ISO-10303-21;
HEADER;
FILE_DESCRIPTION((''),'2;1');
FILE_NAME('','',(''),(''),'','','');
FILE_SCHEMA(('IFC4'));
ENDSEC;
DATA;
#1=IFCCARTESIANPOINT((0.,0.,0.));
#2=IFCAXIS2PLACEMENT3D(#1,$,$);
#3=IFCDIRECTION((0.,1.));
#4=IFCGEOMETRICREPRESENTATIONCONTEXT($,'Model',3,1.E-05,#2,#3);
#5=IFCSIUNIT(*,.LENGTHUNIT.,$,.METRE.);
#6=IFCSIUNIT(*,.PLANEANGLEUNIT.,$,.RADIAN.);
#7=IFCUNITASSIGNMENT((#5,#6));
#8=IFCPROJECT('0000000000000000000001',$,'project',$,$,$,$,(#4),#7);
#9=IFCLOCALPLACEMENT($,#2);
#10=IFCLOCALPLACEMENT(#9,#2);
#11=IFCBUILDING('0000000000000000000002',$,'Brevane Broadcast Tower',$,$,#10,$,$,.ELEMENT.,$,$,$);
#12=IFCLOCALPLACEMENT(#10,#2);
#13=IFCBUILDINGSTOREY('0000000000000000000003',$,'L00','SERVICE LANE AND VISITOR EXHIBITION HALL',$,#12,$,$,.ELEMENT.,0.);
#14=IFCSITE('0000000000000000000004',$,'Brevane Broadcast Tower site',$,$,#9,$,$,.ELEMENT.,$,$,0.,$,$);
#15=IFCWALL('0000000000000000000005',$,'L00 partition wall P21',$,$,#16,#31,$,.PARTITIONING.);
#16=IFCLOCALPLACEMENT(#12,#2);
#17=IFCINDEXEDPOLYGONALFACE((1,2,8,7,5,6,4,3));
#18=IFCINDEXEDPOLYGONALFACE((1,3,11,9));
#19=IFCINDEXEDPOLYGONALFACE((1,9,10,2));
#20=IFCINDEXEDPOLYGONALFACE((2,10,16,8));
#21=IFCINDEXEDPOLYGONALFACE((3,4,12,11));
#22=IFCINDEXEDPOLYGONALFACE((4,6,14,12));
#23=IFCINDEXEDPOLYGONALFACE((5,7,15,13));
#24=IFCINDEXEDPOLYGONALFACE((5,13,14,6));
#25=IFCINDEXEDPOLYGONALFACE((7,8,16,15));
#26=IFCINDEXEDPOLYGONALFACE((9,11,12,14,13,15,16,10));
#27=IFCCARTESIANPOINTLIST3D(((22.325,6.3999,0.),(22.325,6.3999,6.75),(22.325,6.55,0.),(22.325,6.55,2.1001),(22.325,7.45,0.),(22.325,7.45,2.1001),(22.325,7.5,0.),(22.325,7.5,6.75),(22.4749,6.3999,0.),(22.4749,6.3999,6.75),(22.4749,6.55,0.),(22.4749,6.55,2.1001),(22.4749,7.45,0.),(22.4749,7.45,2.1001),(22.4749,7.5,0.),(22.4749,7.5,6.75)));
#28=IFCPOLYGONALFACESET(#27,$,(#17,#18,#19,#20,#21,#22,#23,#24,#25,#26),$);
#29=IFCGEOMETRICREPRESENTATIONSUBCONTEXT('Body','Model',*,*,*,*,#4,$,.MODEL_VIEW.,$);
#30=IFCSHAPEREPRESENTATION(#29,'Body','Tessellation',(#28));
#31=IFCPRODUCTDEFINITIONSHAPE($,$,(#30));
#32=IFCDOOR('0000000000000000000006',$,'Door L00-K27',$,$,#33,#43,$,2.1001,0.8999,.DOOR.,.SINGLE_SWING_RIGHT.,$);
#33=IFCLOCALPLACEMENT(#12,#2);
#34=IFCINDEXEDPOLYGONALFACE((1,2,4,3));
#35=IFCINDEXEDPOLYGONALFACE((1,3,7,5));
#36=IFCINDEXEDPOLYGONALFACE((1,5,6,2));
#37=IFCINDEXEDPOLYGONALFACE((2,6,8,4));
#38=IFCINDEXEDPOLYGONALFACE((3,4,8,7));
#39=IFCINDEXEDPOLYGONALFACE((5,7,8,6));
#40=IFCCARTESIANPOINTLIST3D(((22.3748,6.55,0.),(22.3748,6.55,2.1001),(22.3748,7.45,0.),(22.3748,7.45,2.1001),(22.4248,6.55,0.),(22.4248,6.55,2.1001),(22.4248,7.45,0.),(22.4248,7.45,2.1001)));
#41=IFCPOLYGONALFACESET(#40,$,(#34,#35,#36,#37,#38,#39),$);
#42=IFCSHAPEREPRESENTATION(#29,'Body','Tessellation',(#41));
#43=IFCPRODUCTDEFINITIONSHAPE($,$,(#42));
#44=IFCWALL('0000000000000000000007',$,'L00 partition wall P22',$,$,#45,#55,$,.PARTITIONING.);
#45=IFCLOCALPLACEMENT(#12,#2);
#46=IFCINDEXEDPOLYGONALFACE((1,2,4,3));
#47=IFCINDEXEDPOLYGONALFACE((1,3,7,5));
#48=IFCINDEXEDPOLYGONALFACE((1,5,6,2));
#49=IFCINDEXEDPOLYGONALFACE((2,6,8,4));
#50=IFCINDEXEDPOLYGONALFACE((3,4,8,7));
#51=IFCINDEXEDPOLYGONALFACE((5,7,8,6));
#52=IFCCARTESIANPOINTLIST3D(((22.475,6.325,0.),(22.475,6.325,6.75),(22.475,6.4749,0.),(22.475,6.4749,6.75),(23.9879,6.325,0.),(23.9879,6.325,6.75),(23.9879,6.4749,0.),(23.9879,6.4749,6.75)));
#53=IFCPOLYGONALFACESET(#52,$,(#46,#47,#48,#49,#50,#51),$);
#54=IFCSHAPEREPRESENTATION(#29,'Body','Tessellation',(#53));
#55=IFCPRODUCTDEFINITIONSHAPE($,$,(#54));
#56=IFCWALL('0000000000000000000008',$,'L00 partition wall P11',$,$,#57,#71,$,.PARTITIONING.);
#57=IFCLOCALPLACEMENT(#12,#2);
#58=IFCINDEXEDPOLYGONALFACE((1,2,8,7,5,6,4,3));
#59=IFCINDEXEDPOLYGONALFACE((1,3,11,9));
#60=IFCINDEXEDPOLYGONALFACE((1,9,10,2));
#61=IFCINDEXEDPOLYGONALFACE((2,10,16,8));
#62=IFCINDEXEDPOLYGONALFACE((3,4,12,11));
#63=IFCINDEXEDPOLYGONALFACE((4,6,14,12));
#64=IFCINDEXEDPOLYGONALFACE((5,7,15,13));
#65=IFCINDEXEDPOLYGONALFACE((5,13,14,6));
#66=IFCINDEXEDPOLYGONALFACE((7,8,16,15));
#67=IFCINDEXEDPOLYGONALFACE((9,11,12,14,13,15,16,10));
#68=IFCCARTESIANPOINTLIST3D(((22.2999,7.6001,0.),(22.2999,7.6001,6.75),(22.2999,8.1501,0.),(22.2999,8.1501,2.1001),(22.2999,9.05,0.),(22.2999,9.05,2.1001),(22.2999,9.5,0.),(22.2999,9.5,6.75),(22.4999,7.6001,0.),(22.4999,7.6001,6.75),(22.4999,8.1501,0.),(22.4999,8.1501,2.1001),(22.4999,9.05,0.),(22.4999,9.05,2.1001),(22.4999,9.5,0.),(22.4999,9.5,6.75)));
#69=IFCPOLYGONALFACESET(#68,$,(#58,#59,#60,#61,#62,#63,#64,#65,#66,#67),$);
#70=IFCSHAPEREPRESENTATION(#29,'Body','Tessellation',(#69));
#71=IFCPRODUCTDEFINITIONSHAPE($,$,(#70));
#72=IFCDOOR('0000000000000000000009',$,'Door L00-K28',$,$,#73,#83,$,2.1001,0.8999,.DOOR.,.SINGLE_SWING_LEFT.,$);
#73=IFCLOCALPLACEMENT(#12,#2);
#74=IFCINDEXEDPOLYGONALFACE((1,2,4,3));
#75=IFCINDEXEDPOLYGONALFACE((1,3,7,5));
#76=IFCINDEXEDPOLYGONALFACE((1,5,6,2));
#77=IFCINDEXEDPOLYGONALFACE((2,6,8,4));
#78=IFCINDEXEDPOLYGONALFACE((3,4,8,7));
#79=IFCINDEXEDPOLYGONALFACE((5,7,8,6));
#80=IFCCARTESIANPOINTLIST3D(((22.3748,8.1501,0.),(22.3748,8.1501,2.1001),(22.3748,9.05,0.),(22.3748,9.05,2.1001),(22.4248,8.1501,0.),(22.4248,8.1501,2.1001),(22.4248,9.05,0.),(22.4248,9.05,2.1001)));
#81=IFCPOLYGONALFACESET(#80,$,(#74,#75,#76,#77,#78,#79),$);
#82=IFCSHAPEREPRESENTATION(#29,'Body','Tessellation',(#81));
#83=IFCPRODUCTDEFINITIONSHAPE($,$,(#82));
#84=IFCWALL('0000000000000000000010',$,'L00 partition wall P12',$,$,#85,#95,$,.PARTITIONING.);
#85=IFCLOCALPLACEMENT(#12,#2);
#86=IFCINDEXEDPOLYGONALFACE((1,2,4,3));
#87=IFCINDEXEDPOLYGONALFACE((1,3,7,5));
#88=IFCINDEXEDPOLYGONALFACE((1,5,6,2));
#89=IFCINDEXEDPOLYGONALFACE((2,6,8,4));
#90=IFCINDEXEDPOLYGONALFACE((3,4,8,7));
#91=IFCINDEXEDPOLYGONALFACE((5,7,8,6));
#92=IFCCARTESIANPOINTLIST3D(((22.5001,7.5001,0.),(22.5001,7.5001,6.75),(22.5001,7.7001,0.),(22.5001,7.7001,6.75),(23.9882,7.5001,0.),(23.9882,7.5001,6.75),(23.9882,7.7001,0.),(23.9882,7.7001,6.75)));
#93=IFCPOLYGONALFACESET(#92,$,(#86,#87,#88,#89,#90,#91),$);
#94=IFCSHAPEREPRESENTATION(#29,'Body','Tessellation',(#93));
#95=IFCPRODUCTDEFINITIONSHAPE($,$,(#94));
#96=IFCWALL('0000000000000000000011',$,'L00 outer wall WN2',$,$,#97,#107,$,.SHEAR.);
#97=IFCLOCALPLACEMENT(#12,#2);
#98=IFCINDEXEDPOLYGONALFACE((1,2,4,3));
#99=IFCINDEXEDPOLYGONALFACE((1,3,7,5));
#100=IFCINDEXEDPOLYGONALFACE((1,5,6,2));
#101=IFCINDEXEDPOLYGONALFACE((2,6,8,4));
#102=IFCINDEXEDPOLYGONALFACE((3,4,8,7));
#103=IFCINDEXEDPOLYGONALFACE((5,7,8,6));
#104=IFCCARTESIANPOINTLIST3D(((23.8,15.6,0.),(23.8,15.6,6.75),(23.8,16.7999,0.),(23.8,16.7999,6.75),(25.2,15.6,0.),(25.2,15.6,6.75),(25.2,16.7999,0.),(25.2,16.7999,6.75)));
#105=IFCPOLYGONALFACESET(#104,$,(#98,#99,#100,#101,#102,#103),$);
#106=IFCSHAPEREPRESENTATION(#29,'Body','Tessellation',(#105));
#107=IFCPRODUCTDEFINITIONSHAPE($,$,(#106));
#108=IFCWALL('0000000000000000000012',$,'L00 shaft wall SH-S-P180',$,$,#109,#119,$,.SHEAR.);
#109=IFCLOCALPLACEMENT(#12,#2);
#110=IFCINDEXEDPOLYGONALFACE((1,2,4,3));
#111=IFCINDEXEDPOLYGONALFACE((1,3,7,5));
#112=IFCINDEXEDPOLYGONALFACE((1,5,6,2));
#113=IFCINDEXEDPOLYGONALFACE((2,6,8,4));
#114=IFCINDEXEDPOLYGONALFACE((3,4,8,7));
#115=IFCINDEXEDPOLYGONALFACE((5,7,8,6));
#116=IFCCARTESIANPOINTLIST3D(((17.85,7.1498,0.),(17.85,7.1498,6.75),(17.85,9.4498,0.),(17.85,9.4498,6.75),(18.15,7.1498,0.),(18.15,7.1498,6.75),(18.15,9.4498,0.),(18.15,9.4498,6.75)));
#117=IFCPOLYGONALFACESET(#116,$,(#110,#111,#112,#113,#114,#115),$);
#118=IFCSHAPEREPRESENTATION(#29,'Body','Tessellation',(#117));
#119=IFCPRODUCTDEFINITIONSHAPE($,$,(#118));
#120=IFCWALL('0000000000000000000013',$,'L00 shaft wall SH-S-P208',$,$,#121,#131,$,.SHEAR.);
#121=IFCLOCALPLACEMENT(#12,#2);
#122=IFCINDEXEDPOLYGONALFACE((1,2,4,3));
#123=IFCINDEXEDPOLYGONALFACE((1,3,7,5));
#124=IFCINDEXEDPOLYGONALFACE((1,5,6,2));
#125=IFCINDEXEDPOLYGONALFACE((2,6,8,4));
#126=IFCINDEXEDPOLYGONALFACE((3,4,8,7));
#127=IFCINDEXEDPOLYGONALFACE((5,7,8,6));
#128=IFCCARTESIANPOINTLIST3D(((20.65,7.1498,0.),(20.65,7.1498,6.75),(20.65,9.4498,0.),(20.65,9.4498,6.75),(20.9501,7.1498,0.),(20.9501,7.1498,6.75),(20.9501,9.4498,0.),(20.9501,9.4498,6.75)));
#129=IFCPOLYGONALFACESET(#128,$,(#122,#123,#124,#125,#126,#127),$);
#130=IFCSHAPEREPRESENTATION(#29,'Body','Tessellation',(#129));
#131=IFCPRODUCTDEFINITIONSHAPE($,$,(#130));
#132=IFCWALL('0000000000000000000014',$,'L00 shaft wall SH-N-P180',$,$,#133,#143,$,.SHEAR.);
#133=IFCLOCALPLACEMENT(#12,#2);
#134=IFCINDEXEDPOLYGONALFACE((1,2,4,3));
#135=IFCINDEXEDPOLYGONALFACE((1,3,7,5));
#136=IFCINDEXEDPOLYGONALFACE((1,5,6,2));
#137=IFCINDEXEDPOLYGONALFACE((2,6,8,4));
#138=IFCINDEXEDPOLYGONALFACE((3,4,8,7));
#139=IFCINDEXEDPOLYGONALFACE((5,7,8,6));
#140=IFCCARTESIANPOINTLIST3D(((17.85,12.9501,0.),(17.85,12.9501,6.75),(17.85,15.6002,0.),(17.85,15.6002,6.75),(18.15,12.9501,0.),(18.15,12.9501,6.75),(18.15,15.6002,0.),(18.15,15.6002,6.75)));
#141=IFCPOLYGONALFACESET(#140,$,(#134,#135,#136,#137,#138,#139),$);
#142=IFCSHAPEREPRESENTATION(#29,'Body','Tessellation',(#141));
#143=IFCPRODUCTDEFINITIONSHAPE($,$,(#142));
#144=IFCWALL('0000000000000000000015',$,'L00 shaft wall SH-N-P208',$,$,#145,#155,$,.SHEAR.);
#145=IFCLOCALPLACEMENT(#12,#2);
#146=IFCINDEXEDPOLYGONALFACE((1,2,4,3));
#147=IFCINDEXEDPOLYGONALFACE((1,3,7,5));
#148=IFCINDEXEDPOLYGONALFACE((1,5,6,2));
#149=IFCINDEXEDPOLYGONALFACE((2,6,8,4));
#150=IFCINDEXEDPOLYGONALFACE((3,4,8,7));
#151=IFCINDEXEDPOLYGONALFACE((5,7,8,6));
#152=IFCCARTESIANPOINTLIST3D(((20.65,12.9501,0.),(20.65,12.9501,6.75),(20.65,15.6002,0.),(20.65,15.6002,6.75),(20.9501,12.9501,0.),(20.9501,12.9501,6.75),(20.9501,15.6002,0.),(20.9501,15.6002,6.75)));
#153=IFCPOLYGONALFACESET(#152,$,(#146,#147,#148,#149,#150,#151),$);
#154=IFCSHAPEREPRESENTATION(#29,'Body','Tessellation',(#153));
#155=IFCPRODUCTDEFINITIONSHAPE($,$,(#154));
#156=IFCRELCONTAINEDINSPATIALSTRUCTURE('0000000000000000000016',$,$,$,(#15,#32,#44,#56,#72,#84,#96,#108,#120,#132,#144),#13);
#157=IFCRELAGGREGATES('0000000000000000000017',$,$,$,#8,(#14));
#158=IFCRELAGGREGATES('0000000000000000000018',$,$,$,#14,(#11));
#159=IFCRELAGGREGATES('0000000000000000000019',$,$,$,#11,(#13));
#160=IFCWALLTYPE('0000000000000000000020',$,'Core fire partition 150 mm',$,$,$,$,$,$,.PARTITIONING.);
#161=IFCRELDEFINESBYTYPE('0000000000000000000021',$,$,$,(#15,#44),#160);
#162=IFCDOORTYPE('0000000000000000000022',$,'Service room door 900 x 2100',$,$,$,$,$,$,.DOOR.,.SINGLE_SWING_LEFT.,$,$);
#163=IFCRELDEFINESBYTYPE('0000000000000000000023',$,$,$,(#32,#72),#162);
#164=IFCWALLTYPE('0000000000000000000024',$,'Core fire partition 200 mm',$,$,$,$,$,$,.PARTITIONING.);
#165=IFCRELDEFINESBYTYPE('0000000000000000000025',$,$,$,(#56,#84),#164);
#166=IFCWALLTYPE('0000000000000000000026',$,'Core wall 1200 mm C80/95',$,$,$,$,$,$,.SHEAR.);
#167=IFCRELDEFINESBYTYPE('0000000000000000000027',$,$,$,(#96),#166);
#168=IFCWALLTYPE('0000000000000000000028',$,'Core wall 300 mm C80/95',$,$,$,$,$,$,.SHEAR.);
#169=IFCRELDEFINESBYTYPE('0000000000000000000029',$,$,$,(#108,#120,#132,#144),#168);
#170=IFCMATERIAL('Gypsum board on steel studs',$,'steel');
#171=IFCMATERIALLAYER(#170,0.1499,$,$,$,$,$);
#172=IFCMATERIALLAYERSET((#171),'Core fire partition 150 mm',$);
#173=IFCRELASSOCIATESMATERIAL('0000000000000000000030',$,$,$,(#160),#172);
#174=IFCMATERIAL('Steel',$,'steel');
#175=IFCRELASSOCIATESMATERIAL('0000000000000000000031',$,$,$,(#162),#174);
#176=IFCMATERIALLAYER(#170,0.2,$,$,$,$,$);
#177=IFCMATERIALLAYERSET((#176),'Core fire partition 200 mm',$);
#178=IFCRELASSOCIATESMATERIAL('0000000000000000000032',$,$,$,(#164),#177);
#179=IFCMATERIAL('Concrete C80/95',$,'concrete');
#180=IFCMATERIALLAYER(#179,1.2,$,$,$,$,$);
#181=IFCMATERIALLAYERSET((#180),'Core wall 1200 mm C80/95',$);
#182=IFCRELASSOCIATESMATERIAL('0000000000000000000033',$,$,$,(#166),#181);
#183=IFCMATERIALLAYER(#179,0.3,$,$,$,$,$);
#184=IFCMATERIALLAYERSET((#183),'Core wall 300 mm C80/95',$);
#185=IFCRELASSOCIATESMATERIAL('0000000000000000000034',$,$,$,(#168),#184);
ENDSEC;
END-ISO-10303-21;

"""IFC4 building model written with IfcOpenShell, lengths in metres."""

from ifc_helpers import new_model, si_unit, direction, frame, frame_2d, origin, place, context, subcontext, project, spatial, rectangle, extrude, material, layer, layer_set, type_object, element, fill, save


model = new_model("IFC4")

# Units and contexts
model_context = context("Model", 3, precision=1e-05, world=origin(), true_north=direction((0.0, 1.0)))
body_context = subcontext(model_context, "Body", "Model", "MODEL_VIEW")
ifc_project = project(units=[si_unit("LENGTHUNIT", "METRE"), si_unit("PLANEANGLEUNIT", "RADIAN")], contexts=[model_context])

# Site, building, storey
site_placement = place(None, origin())
site = spatial("IfcSite", under=ifc_project, at=site_placement, Name="Brevane Broadcast Tower site", CompositionType="ELEMENT", RefElevation=0.0)
building_placement = place(site_placement, origin())
building = spatial("IfcBuilding", under=site, at=building_placement, Name="Brevane Broadcast Tower", CompositionType="ELEMENT")
storey_placement = place(building_placement, origin())
storey = spatial("IfcBuildingStorey", under=building, at=storey_placement, Name="L00", Description="SERVICE LANE AND VISITOR EXHIBITION HALL", CompositionType="ELEMENT", Elevation=0.0)

# Wall, opening, door
ifc_material_1 = material(Name="Gypsum board on steel studs", Category="steel")
ifc_layer_1 = layer(ifc_material_1, 0.1499)
ifc_layer_set_1 = layer_set([ifc_layer_1], Name="Core fire partition 150 mm")
wall_type_1 = type_object("IfcWallType", Name="Core fire partition 150 mm", PredefinedType="PARTITIONING", material=ifc_layer_set_1)
wall_1_placement = place(storey_placement, frame((22.3999, 7.5, 0.0), z_axis=(0.0, 0.0, 1.0), x_axis=(0.0, -1.0, 0.0)))
wall_1 = element("IfcWall", 1, at=wall_1_placement, inside=storey, type_object=wall_type_1, Name="L00 partition wall P21", PredefinedType="PARTITIONING", context=body_context, shape_type="SweptSolid", body=[
    extrude(rectangle(XDim=1.1001, YDim=0.1499, at=frame_2d((0.55, 0.0))), origin(), (0.0, 0.0, 1.0), 6.75),
])
opening_1_placement = place(wall_1_placement, frame((0.05, 0.0, 0.0)))
opening_1 = element("IfcOpeningElement", 2, at=opening_1_placement, cuts=wall_1, PredefinedType="OPENING", context=body_context, shape_type="SweptSolid", body=[
    extrude(rectangle(XDim=0.8999, YDim=2.1001, at=frame_2d((0.45, 1.05))), frame((0.0, 0.085, 0.0), z_axis=(0.0, -1.0, 0.0), x_axis=(1.0, 0.0, 0.0)), (0.0, 0.0, 1.0), 0.1699),
])
ifc_material_2 = material(Name="Steel", Category="steel")
door_type = type_object("IfcDoorType", Name="Service room door 900 x 2100", OperationType="SINGLE_SWING_LEFT", PredefinedType="DOOR", material=ifc_material_2)
door_1_placement = place(opening_1_placement, origin())
door_1 = element("IfcDoor", 3, at=door_1_placement, inside=storey, type_object=door_type, Name="Door L00-K27", OperationType="SINGLE_SWING_RIGHT", OverallHeight=2.1001, OverallWidth=0.8999, PredefinedType="DOOR", context=body_context, shape_type="SweptSolid", body=[
    extrude(rectangle(XDim=0.8999, YDim=2.1001, at=frame_2d((0.45, 1.05))), frame((0.0, 0.0249, 0.0), z_axis=(0.0, -1.0, 0.0), x_axis=(1.0, 0.0, 0.0)), (0.0, 0.0, 1.0), 0.05),
])
fill(opening_1, door_1)

# Wall
wall_2_placement = place(storey_placement, frame((22.4751, 6.3999, 0.0), z_axis=(0.0, 0.0, 1.0), x_axis=(1.0, 0.0, 0.0)))
element("IfcWall", 4, at=wall_2_placement, inside=storey, type_object=wall_type_1, Name="L00 partition wall P22", PredefinedType="PARTITIONING", context=body_context, shape_type="SweptSolid", body=[
    extrude(rectangle(XDim=1.5129, YDim=0.1499, at=frame_2d((0.7563, 0.0))), origin(), (0.0, 0.0, 1.0), 6.75),
])

# Wall, opening, door
ifc_layer_2 = layer(ifc_material_1, 0.2)
ifc_layer_set_2 = layer_set([ifc_layer_2], Name="Core fire partition 200 mm")
wall_type_2 = type_object("IfcWallType", Name="Core fire partition 200 mm", PredefinedType="PARTITIONING", material=ifc_layer_set_2)
wall_3_placement = place(storey_placement, frame((22.3999, 9.5, 0.0), z_axis=(0.0, 0.0, 1.0), x_axis=(0.0, -1.0, 0.0)))
wall_3 = element("IfcWall", 5, at=wall_3_placement, inside=storey, type_object=wall_type_2, Name="L00 partition wall P11", PredefinedType="PARTITIONING", context=body_context, shape_type="SweptSolid", body=[
    extrude(rectangle(XDim=1.8999, YDim=0.2, at=frame_2d((0.95, 0.0))), origin(), (0.0, 0.0, 1.0), 6.75),
])
opening_2_placement = place(wall_3_placement, frame((0.45, 0.0, 0.0)))
opening_2 = element("IfcOpeningElement", 6, at=opening_2_placement, cuts=wall_3, PredefinedType="OPENING", context=body_context, shape_type="SweptSolid", body=[
    extrude(rectangle(XDim=0.8999, YDim=2.1001, at=frame_2d((0.45, 1.05))), frame((0.0, 0.1099, 0.0), z_axis=(0.0, -1.0, 0.0), x_axis=(1.0, 0.0, 0.0)), (0.0, 0.0, 1.0), 0.22),
])
door_2_placement = place(opening_2_placement, origin())
door_2 = element("IfcDoor", 7, at=door_2_placement, inside=storey, type_object=door_type, Name="Door L00-K28", OperationType="SINGLE_SWING_LEFT", OverallHeight=2.1001, OverallWidth=0.8999, PredefinedType="DOOR", context=body_context, shape_type="SweptSolid", body=[
    extrude(rectangle(XDim=0.8999, YDim=2.1001, at=frame_2d((0.45, 1.05))), frame((0.0, 0.0249, 0.0), z_axis=(0.0, -1.0, 0.0), x_axis=(1.0, 0.0, 0.0)), (0.0, 0.0, 1.0), 0.05),
])
fill(opening_2, door_2)

# Walls
wall_4_placement = place(storey_placement, frame((22.5, 7.6001, 0.0), z_axis=(0.0, 0.0, 1.0), x_axis=(1.0, 0.0, 0.0)))
element("IfcWall", 8, at=wall_4_placement, inside=storey, type_object=wall_type_2, Name="L00 partition wall P12", PredefinedType="PARTITIONING", context=body_context, shape_type="SweptSolid", body=[
    extrude(rectangle(XDim=1.488, YDim=0.2, at=frame_2d((0.7441, 0.0))), origin(), (0.0, 0.0, 1.0), 6.75),
])
ifc_material_3 = material(Name="Concrete C80/95", Category="concrete")
ifc_layer_3 = layer(ifc_material_3, 1.2)
ifc_layer_set_3 = layer_set([ifc_layer_3], Name="Core wall 1200 mm C80/95")
wall_type_3 = type_object("IfcWallType", Name="Core wall 1200 mm C80/95", PredefinedType="SHEAR", material=ifc_layer_set_3)
wall_5_placement = place(storey_placement, frame((23.8, 16.2, 0.0), z_axis=(0.0, 0.0, 1.0), x_axis=(1.0, 0.0, 0.0)))
element("IfcWall", 9, at=wall_5_placement, inside=storey, type_object=wall_type_3, Name="L00 outer wall WN2", PredefinedType="SHEAR", context=body_context, shape_type="SweptSolid", body=[
    extrude(rectangle(XDim=1.3999, YDim=1.2, at=frame_2d((0.7, 0.0))), origin(), (0.0, 0.0, 1.0), 6.75),
])
ifc_layer_4 = layer(ifc_material_3, 0.3)
ifc_layer_set_4 = layer_set([ifc_layer_4], Name="Core wall 300 mm C80/95")
wall_type_4 = type_object("IfcWallType", Name="Core wall 300 mm C80/95", PredefinedType="SHEAR", material=ifc_layer_set_4)
for number, where, z_axis, x_axis, name in (
    (10, (18.0, 7.1499, 0.0), (0.0, 0.0, 1.0), (0.0, 1.0, 0.0), "L00 shaft wall SH-S-P180"),
    (11, (20.8, 7.1499, 0.0), (0.0, 0.0, 1.0), (0.0, 1.0, 0.0), "L00 shaft wall SH-S-P208"),
):
    element("IfcWall", number, at=place(storey_placement, frame(where, z_axis=z_axis, x_axis=x_axis)), inside=storey, type_object=wall_type_4, Name=name, PredefinedType="SHEAR", context=body_context, shape_type="SweptSolid", body=[
        extrude(rectangle(XDim=2.3, YDim=0.3, at=frame_2d((1.1499, 0.0))), origin(), (0.0, 0.0, 1.0), 6.75),
    ])
for number, where, z_axis, x_axis, name in (
    (12, (18.0, 12.95, 0.0), (0.0, 0.0, 1.0), (0.0, 1.0, 0.0), "L00 shaft wall SH-N-P180"),
    (13, (20.8, 12.95, 0.0), (0.0, 0.0, 1.0), (0.0, 1.0, 0.0), "L00 shaft wall SH-N-P208"),
):
    element("IfcWall", number, at=place(storey_placement, frame(where, z_axis=z_axis, x_axis=x_axis)), inside=storey, type_object=wall_type_4, Name=name, PredefinedType="SHEAR", context=body_context, shape_type="SweptSolid", body=[
        extrude(rectangle(XDim=2.6501, YDim=0.3, at=frame_2d((1.3252, 0.0))), origin(), (0.0, 0.0, 1.0), 6.75),
    ])

save(model, "model.ifc")
